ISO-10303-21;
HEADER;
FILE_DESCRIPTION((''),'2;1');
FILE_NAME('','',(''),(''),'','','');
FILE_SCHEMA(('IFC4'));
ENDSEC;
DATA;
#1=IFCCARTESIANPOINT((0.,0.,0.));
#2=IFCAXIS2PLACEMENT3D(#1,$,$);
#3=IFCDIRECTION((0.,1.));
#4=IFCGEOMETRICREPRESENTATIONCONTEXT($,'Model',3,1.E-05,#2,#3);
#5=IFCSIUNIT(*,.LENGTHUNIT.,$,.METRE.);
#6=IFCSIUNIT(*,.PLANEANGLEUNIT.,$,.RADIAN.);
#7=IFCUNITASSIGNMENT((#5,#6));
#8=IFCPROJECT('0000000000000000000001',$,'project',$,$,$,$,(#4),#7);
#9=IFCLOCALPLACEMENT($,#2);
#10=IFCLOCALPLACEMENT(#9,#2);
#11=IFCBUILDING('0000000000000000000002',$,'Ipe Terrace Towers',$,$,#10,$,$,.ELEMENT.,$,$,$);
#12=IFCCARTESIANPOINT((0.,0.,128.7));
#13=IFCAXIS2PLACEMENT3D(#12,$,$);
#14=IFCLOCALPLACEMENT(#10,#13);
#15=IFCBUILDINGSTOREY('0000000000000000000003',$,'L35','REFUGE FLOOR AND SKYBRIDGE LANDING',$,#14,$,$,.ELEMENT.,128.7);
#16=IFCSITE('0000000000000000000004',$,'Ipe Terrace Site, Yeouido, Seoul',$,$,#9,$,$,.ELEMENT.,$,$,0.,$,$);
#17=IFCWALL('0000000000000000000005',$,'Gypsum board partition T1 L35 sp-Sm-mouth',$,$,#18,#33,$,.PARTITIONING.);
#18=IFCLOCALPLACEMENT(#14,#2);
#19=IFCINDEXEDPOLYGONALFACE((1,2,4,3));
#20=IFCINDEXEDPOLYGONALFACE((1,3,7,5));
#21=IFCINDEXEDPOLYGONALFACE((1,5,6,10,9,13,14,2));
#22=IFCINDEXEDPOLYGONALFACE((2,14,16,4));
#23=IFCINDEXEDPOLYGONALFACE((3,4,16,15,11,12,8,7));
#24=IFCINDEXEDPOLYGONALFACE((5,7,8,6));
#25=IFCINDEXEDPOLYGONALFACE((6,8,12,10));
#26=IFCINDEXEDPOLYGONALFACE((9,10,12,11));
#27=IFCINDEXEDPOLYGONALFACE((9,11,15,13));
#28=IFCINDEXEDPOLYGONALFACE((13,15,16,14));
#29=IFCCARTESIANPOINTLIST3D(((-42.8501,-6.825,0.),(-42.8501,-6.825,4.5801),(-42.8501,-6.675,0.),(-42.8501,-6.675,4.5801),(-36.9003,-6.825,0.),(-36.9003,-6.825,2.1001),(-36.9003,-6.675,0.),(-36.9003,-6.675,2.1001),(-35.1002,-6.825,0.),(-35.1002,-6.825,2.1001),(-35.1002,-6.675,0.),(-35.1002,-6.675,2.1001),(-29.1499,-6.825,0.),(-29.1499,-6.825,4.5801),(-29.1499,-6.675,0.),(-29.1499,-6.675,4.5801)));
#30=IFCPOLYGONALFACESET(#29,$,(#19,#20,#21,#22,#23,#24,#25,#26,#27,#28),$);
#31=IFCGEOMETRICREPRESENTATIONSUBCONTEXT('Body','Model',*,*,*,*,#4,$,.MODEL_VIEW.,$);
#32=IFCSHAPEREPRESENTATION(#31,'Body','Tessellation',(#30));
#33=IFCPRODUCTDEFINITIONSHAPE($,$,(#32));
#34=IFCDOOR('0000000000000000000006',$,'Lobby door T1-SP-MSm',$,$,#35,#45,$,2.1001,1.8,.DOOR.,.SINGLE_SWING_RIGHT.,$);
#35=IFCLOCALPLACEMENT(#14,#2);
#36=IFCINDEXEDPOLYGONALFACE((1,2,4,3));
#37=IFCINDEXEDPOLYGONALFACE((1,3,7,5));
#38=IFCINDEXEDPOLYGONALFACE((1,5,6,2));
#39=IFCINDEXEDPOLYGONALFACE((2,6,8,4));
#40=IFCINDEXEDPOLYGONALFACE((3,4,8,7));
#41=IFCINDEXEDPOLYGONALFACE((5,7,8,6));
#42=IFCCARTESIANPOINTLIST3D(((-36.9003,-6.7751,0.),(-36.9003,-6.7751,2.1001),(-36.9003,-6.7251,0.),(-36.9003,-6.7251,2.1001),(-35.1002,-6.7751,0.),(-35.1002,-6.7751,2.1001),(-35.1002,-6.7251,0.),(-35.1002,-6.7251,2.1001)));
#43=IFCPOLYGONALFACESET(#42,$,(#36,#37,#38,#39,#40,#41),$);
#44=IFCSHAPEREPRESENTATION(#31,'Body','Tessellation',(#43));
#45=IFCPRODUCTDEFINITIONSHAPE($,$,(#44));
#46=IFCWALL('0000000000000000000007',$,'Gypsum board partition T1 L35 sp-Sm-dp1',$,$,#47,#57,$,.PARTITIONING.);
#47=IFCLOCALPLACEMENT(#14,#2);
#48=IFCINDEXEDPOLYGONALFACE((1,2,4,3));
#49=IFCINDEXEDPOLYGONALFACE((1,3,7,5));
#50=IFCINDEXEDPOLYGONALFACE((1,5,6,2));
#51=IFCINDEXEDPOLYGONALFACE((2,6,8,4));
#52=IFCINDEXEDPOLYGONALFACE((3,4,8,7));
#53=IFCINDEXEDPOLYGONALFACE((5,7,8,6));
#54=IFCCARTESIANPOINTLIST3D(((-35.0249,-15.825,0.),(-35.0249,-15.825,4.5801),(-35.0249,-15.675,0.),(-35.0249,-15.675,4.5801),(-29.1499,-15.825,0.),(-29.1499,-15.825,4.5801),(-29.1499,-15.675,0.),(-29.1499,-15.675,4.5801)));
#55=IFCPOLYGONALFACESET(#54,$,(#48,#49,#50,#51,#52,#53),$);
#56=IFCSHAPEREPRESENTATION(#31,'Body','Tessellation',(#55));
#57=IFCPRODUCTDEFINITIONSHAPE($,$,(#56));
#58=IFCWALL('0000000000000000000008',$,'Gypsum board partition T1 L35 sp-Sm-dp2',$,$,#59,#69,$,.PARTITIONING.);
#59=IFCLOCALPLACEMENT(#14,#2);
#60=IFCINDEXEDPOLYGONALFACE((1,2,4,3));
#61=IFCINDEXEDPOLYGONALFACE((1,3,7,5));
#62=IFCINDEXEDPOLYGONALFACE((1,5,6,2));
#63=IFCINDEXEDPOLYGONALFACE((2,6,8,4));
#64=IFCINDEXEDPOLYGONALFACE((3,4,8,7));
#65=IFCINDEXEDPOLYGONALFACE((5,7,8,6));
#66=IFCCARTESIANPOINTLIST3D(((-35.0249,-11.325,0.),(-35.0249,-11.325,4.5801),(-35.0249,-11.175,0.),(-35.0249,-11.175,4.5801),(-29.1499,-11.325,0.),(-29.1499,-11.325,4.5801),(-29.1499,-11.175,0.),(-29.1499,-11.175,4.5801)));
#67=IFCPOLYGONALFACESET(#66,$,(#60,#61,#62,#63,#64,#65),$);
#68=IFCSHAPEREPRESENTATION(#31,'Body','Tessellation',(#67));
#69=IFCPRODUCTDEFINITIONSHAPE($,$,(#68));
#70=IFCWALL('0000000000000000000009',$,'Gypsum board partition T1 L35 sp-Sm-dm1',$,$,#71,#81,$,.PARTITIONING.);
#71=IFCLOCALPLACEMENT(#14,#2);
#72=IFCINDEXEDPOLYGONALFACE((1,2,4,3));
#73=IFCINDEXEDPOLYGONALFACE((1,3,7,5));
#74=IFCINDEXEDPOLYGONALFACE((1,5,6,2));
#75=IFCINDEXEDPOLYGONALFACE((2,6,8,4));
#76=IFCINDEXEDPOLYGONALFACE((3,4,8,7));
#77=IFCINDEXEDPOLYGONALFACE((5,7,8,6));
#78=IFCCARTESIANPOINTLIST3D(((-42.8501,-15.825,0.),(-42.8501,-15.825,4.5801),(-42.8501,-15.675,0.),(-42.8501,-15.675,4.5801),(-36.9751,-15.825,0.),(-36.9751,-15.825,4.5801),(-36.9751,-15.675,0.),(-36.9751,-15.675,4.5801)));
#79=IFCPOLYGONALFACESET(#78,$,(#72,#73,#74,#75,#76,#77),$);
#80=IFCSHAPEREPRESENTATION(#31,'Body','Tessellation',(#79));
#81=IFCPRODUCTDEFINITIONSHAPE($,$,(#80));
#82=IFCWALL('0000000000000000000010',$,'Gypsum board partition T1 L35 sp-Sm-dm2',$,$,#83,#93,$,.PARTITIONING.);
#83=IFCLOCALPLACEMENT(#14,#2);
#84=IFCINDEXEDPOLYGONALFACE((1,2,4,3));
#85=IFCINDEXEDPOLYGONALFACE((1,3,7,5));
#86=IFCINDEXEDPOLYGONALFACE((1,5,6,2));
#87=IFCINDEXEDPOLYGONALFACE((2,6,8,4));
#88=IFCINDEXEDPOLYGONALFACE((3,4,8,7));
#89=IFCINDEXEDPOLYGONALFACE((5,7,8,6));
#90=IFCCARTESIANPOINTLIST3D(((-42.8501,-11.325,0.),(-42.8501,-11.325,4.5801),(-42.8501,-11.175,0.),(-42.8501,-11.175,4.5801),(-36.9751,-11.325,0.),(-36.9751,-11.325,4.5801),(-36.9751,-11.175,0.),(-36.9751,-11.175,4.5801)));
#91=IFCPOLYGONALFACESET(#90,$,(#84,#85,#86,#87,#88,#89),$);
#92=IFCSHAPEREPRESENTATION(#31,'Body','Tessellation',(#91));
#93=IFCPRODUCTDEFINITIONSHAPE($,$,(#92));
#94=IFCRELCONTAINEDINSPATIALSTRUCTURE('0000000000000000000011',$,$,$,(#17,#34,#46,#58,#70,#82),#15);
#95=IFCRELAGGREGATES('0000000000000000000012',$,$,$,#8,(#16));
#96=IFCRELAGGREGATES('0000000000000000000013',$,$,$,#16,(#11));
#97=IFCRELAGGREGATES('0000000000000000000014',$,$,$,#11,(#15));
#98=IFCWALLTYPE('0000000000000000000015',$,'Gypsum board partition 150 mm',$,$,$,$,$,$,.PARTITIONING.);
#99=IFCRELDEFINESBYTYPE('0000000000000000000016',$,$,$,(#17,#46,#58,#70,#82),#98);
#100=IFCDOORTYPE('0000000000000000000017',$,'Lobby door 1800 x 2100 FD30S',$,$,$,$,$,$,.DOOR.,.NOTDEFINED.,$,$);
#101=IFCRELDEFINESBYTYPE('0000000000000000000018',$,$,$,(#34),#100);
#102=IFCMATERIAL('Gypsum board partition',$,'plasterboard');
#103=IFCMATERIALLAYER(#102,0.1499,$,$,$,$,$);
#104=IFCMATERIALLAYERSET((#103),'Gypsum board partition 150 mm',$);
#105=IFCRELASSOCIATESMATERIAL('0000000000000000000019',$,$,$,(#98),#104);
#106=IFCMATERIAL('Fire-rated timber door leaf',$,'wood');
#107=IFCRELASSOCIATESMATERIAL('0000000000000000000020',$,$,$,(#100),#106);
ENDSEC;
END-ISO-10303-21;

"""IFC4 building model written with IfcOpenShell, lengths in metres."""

from ifc_helpers import new_model, si_unit, direction, frame, frame_2d, origin, place, context, subcontext, project, spatial, rectangle, extrude, material, layer, layer_set, type_object, element, fill, save


model = new_model("IFC4")

# Units and contexts
model_context = context("Model", 3, precision=1e-05, world=origin(), true_north=direction((0.0, 1.0)))
body_context = subcontext(model_context, "Body", "Model", "MODEL_VIEW")
ifc_project = project(units=[si_unit("LENGTHUNIT", "METRE"), si_unit("PLANEANGLEUNIT", "RADIAN")], contexts=[model_context])

# Site, building, storey
site_placement = place(None, origin())
site = spatial("IfcSite", under=ifc_project, at=site_placement, Name="Ipe Terrace Site, Yeouido, Seoul", CompositionType="ELEMENT", RefElevation=0.0)
building_placement = place(site_placement, origin())
building = spatial("IfcBuilding", under=site, at=building_placement, Name="Ipe Terrace Towers", CompositionType="ELEMENT")
storey_placement = place(building_placement, frame((0.0, 0.0, 128.7)))
storey = spatial("IfcBuildingStorey", under=building, at=storey_placement, Name="L35", Description="REFUGE FLOOR AND SKYBRIDGE LANDING", CompositionType="ELEMENT", Elevation=128.7)

# Shared definitions
ifc_material_1 = material(Name="Gypsum board partition", Category="plasterboard")
ifc_layer_1 = layer(ifc_material_1, 0.1499)
ifc_layer_set_1 = layer_set([ifc_layer_1], Name="Gypsum board partition 150 mm")
wall_type = type_object("IfcWallType", Name="Gypsum board partition 150 mm", PredefinedType="PARTITIONING", material=ifc_layer_set_1)

# Wall, opening, door
wall_placement = place(storey_placement, frame((-42.8501, -6.75, 0.0), z_axis=(0.0, 0.0, 1.0), x_axis=(1.0, 0.0, 0.0)))
wall = element("IfcWall", 1, at=wall_placement, inside=storey, type_object=wall_type, Name="Gypsum board partition T1 L35 sp-Sm-mouth", PredefinedType="PARTITIONING", context=body_context, shape_type="SweptSolid", body=[
    extrude(rectangle(XDim=13.7002, YDim=0.1499, at=frame_2d((6.8501, 0.0))), origin(), (0.0, 0.0, 1.0), 4.5801),
])
opening_placement = place(wall_placement, frame((5.95, 0.0, 0.0)))
opening = element("IfcOpeningElement", 2, at=opening_placement, cuts=wall, PredefinedType="OPENING", context=body_context, shape_type="SweptSolid", body=[
    extrude(rectangle(XDim=1.8, YDim=2.1001, at=frame_2d((0.8999, 1.05))), frame((0.0, 0.085, 0.0), z_axis=(0.0, -1.0, 0.0), x_axis=(1.0, 0.0, 0.0)), (0.0, 0.0, 1.0), 0.1699),
])
ifc_material_2 = material(Name="Fire-rated timber door leaf", Category="wood")
door_type = type_object("IfcDoorType", Name="Lobby door 1800 x 2100 FD30S", OperationType="NOTDEFINED", PredefinedType="DOOR", material=ifc_material_2)
door_placement = place(opening_placement, origin())
door = element("IfcDoor", 3, at=door_placement, inside=storey, type_object=door_type, Name="Lobby door T1-SP-MSm", OperationType="SINGLE_SWING_RIGHT", OverallHeight=2.1001, OverallWidth=1.8, PredefinedType="DOOR", context=body_context, shape_type="SweptSolid", body=[
    extrude(rectangle(XDim=1.8, YDim=2.1001, at=frame_2d((0.8999, 1.05))), frame((0.0, 0.0249, 0.0), z_axis=(0.0, -1.0, 0.0), x_axis=(1.0, 0.0, 0.0)), (0.0, 0.0, 1.0), 0.05),
])
fill(opening, door)

# Walls
for number, where, z_axis, x_axis, name in (
    (4, (-35.0249, -15.75, 0.0), (0.0, 0.0, 1.0), (1.0, 0.0, 0.0), "Gypsum board partition T1 L35 sp-Sm-dp1"),
    (5, (-35.0249, -11.25, 0.0), (0.0, 0.0, 1.0), (1.0, 0.0, 0.0), "Gypsum board partition T1 L35 sp-Sm-dp2"),
    (6, (-36.9751, -15.75, 0.0), (0.0, 0.0, 1.0), (-1.0, 0.0, 0.0), "Gypsum board partition T1 L35 sp-Sm-dm1"),
    (7, (-36.9751, -11.25, 0.0), (0.0, 0.0, 1.0), (-1.0, 0.0, 0.0), "Gypsum board partition T1 L35 sp-Sm-dm2"),
):
    element("IfcWall", number, at=place(storey_placement, frame(where, z_axis=z_axis, x_axis=x_axis)), inside=storey, type_object=wall_type, Name=name, PredefinedType="PARTITIONING", context=body_context, shape_type="SweptSolid", body=[
        extrude(rectangle(XDim=5.875, YDim=0.1499, at=frame_2d((2.9375, 0.0))), origin(), (0.0, 0.0, 1.0), 4.5801),
    ])

save(model, "model.ifc")
